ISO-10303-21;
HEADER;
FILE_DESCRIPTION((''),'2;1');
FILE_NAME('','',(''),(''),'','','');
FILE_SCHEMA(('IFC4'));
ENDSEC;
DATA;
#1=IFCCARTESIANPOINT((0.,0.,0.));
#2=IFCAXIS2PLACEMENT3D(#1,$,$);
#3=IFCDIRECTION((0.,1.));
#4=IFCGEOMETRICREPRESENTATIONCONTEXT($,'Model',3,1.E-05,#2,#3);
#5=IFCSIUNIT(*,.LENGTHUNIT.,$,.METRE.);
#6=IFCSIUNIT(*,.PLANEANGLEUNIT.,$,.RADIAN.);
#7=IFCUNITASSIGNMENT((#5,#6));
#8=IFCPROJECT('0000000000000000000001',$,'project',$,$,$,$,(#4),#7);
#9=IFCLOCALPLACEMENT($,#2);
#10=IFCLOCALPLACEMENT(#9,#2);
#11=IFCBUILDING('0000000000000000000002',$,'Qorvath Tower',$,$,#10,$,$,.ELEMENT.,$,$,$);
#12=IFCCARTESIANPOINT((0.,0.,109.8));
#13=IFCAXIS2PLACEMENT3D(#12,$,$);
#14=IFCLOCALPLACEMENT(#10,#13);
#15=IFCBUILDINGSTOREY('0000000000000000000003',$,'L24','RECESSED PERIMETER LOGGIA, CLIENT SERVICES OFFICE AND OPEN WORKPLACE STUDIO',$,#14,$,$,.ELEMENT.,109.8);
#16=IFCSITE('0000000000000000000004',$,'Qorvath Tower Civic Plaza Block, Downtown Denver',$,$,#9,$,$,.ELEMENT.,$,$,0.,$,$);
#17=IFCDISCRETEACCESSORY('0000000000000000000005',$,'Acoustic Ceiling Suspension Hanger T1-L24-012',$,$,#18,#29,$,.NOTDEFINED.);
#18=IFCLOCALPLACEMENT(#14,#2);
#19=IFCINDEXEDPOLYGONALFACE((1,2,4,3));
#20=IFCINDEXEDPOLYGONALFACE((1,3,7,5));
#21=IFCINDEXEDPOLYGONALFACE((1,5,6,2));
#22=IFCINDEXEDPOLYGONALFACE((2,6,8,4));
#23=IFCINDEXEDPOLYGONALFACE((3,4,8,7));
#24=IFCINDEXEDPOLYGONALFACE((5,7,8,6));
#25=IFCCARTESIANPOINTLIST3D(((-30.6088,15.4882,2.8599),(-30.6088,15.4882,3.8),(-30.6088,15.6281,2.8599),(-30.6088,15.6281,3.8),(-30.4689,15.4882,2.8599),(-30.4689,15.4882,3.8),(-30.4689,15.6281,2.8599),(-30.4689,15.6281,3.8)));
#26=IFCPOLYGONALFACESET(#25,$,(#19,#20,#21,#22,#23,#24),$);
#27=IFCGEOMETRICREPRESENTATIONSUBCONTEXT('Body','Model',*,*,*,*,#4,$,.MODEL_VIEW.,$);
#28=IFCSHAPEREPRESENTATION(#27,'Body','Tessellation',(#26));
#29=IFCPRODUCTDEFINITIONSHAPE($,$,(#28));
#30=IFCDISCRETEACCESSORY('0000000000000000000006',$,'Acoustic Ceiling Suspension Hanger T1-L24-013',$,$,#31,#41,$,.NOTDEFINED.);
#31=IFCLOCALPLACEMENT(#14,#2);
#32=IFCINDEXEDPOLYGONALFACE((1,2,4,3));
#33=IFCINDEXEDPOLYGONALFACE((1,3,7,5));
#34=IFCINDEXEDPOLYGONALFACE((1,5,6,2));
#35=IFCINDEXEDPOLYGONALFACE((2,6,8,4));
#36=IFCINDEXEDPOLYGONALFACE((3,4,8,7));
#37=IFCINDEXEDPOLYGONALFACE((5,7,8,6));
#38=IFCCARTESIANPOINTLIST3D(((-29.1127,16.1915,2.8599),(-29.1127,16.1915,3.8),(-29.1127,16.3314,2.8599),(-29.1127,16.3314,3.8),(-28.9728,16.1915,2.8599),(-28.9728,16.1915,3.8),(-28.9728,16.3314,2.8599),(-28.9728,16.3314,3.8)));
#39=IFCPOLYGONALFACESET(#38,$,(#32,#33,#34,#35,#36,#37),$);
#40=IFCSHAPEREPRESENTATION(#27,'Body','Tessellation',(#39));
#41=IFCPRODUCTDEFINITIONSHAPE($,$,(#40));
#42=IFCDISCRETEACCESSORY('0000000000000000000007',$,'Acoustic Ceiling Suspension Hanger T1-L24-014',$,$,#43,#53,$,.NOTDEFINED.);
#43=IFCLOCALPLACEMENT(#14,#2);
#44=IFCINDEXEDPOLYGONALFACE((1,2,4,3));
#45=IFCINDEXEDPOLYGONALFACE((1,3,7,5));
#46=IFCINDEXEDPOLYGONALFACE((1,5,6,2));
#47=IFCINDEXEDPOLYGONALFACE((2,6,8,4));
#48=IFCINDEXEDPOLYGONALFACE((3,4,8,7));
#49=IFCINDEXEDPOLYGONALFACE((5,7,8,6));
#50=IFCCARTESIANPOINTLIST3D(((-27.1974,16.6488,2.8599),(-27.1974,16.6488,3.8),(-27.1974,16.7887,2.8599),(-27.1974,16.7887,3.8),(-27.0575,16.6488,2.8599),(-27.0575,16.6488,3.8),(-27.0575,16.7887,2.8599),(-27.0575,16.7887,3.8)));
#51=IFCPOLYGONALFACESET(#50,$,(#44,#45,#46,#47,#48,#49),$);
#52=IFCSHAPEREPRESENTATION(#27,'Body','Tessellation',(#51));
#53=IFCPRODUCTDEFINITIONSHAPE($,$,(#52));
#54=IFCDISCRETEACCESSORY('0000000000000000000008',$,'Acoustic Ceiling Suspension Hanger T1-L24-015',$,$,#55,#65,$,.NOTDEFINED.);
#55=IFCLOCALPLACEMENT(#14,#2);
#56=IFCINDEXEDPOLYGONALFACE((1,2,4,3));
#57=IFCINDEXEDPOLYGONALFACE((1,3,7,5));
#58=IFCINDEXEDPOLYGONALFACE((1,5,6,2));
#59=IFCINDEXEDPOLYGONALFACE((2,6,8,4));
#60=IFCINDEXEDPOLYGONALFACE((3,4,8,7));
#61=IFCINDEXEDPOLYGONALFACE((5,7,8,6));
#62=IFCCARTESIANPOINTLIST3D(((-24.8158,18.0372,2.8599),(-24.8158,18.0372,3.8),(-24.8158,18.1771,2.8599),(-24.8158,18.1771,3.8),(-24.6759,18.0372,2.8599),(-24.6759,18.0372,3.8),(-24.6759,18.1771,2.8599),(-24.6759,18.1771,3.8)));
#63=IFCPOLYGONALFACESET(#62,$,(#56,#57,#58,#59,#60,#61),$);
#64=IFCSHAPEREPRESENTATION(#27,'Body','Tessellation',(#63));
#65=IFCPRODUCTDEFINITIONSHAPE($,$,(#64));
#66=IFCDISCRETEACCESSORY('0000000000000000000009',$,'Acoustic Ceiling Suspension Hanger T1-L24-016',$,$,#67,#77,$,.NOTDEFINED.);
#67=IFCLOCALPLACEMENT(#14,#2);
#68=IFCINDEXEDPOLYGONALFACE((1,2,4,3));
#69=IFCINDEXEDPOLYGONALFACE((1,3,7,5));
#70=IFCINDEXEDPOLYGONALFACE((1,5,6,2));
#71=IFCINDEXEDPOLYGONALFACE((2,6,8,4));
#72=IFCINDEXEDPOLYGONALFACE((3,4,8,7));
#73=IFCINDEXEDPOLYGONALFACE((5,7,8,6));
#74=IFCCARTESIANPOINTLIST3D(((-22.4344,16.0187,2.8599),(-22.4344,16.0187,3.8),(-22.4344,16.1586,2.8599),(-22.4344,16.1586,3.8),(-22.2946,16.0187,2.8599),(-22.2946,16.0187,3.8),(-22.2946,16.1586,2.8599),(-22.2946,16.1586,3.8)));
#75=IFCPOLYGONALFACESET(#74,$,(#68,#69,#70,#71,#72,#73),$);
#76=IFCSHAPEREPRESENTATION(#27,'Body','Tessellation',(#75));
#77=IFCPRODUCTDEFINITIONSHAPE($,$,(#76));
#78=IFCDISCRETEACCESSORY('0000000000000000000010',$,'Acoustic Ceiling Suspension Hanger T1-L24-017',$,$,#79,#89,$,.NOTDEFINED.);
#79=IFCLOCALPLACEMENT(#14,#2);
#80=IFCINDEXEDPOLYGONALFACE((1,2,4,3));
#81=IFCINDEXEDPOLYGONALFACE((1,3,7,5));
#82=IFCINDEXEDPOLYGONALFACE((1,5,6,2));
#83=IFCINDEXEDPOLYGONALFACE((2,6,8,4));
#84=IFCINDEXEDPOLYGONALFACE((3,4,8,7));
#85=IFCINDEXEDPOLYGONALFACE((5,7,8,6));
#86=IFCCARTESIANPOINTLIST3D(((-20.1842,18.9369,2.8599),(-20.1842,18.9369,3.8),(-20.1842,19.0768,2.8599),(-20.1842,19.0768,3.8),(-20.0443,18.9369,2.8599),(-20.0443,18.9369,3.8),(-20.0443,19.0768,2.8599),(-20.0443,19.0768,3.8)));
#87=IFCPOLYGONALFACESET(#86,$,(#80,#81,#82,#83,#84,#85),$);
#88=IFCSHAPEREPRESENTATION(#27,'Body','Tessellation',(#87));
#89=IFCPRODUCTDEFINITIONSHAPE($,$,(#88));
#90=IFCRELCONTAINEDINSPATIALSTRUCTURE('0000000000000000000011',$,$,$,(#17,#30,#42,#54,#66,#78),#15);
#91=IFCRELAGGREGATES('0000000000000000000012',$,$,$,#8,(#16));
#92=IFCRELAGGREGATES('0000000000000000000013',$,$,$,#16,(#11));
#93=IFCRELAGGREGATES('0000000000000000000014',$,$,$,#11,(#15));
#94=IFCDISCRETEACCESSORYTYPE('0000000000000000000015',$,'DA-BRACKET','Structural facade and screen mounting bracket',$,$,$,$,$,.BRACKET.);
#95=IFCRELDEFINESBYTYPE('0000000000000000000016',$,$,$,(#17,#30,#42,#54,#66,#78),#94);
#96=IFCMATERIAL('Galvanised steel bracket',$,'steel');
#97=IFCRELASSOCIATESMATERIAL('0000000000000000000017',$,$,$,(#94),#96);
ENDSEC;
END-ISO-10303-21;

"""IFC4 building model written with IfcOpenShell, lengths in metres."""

from ifc_helpers import new_model, si_unit, direction, frame, origin, origin_2d, place, context, subcontext, project, spatial, rectangle, extrude, material, type_object, element, save


model = new_model("IFC4")

# Units and contexts
model_context = context("Model", 3, precision=1e-05, world=origin(), true_north=direction((0.0, 1.0)))
body_context = subcontext(model_context, "Body", "Model", "MODEL_VIEW")
ifc_project = project(units=[si_unit("LENGTHUNIT", "METRE"), si_unit("PLANEANGLEUNIT", "RADIAN")], contexts=[model_context])

# Site, building, storey
site_placement = place(None, origin())
site = spatial("IfcSite", under=ifc_project, at=site_placement, Name="Qorvath Tower Civic Plaza Block, Downtown Denver", CompositionType="ELEMENT", RefElevation=0.0)
building_placement = place(site_placement, origin())
building = spatial("IfcBuilding", under=site, at=building_placement, Name="Qorvath Tower", CompositionType="ELEMENT")
storey_placement = place(building_placement, frame((0.0, 0.0, 109.8)))
storey = spatial("IfcBuildingStorey", under=building, at=storey_placement, Name="L24", Description="RECESSED PERIMETER LOGGIA, CLIENT SERVICES OFFICE AND OPEN WORKPLACE STUDIO", CompositionType="ELEMENT", Elevation=109.8)

# Discrete accessories
ifc_material_1 = material(Name="Galvanised steel bracket", Category="steel")
discrete_accessory_type = type_object("IfcDiscreteAccessoryType", Name="DA-BRACKET", Description="Structural facade and screen mounting bracket", PredefinedType="BRACKET", material=ifc_material_1)
for number, where, z_axis, x_axis, name in (
    (1, (-30.5388, 15.5581, 2.8599), (0.0, 0.0, 1.0), (1.0, 0.0, 0.0), "Acoustic Ceiling Suspension Hanger T1-L24-012"),
    (2, (-29.0427, 16.2615, 2.8599), (0.0, 0.0, 1.0), (1.0, 0.0, 0.0), "Acoustic Ceiling Suspension Hanger T1-L24-013"),
    (3, (-27.1274, 16.7188, 2.8599), (0.0, 0.0, 1.0), (1.0, 0.0, 0.0), "Acoustic Ceiling Suspension Hanger T1-L24-014"),
    (4, (-24.7458, 18.1072, 2.8599), (0.0, 0.0, 1.0), (1.0, 0.0, 0.0), "Acoustic Ceiling Suspension Hanger T1-L24-015"),
    (5, (-22.3645, 16.0886, 2.8599), (0.0, 0.0, 1.0), (1.0, 0.0, 0.0), "Acoustic Ceiling Suspension Hanger T1-L24-016"),
    (6, (-20.1143, 19.0068, 2.8599), (0.0, 0.0, 1.0), (1.0, 0.0, 0.0), "Acoustic Ceiling Suspension Hanger T1-L24-017"),
):
    element("IfcDiscreteAccessory", number, at=place(storey_placement, frame(where, z_axis=z_axis, x_axis=x_axis)), inside=storey, type_object=discrete_accessory_type, Name=name, PredefinedType="NOTDEFINED", context=body_context, shape_type="SweptSolid", body=[
        extrude(rectangle(XDim=0.1399, YDim=0.1399, at=origin_2d()), origin(), (0.0, 0.0, 1.0), 0.9402),
    ])

save(model, "model.ifc")
